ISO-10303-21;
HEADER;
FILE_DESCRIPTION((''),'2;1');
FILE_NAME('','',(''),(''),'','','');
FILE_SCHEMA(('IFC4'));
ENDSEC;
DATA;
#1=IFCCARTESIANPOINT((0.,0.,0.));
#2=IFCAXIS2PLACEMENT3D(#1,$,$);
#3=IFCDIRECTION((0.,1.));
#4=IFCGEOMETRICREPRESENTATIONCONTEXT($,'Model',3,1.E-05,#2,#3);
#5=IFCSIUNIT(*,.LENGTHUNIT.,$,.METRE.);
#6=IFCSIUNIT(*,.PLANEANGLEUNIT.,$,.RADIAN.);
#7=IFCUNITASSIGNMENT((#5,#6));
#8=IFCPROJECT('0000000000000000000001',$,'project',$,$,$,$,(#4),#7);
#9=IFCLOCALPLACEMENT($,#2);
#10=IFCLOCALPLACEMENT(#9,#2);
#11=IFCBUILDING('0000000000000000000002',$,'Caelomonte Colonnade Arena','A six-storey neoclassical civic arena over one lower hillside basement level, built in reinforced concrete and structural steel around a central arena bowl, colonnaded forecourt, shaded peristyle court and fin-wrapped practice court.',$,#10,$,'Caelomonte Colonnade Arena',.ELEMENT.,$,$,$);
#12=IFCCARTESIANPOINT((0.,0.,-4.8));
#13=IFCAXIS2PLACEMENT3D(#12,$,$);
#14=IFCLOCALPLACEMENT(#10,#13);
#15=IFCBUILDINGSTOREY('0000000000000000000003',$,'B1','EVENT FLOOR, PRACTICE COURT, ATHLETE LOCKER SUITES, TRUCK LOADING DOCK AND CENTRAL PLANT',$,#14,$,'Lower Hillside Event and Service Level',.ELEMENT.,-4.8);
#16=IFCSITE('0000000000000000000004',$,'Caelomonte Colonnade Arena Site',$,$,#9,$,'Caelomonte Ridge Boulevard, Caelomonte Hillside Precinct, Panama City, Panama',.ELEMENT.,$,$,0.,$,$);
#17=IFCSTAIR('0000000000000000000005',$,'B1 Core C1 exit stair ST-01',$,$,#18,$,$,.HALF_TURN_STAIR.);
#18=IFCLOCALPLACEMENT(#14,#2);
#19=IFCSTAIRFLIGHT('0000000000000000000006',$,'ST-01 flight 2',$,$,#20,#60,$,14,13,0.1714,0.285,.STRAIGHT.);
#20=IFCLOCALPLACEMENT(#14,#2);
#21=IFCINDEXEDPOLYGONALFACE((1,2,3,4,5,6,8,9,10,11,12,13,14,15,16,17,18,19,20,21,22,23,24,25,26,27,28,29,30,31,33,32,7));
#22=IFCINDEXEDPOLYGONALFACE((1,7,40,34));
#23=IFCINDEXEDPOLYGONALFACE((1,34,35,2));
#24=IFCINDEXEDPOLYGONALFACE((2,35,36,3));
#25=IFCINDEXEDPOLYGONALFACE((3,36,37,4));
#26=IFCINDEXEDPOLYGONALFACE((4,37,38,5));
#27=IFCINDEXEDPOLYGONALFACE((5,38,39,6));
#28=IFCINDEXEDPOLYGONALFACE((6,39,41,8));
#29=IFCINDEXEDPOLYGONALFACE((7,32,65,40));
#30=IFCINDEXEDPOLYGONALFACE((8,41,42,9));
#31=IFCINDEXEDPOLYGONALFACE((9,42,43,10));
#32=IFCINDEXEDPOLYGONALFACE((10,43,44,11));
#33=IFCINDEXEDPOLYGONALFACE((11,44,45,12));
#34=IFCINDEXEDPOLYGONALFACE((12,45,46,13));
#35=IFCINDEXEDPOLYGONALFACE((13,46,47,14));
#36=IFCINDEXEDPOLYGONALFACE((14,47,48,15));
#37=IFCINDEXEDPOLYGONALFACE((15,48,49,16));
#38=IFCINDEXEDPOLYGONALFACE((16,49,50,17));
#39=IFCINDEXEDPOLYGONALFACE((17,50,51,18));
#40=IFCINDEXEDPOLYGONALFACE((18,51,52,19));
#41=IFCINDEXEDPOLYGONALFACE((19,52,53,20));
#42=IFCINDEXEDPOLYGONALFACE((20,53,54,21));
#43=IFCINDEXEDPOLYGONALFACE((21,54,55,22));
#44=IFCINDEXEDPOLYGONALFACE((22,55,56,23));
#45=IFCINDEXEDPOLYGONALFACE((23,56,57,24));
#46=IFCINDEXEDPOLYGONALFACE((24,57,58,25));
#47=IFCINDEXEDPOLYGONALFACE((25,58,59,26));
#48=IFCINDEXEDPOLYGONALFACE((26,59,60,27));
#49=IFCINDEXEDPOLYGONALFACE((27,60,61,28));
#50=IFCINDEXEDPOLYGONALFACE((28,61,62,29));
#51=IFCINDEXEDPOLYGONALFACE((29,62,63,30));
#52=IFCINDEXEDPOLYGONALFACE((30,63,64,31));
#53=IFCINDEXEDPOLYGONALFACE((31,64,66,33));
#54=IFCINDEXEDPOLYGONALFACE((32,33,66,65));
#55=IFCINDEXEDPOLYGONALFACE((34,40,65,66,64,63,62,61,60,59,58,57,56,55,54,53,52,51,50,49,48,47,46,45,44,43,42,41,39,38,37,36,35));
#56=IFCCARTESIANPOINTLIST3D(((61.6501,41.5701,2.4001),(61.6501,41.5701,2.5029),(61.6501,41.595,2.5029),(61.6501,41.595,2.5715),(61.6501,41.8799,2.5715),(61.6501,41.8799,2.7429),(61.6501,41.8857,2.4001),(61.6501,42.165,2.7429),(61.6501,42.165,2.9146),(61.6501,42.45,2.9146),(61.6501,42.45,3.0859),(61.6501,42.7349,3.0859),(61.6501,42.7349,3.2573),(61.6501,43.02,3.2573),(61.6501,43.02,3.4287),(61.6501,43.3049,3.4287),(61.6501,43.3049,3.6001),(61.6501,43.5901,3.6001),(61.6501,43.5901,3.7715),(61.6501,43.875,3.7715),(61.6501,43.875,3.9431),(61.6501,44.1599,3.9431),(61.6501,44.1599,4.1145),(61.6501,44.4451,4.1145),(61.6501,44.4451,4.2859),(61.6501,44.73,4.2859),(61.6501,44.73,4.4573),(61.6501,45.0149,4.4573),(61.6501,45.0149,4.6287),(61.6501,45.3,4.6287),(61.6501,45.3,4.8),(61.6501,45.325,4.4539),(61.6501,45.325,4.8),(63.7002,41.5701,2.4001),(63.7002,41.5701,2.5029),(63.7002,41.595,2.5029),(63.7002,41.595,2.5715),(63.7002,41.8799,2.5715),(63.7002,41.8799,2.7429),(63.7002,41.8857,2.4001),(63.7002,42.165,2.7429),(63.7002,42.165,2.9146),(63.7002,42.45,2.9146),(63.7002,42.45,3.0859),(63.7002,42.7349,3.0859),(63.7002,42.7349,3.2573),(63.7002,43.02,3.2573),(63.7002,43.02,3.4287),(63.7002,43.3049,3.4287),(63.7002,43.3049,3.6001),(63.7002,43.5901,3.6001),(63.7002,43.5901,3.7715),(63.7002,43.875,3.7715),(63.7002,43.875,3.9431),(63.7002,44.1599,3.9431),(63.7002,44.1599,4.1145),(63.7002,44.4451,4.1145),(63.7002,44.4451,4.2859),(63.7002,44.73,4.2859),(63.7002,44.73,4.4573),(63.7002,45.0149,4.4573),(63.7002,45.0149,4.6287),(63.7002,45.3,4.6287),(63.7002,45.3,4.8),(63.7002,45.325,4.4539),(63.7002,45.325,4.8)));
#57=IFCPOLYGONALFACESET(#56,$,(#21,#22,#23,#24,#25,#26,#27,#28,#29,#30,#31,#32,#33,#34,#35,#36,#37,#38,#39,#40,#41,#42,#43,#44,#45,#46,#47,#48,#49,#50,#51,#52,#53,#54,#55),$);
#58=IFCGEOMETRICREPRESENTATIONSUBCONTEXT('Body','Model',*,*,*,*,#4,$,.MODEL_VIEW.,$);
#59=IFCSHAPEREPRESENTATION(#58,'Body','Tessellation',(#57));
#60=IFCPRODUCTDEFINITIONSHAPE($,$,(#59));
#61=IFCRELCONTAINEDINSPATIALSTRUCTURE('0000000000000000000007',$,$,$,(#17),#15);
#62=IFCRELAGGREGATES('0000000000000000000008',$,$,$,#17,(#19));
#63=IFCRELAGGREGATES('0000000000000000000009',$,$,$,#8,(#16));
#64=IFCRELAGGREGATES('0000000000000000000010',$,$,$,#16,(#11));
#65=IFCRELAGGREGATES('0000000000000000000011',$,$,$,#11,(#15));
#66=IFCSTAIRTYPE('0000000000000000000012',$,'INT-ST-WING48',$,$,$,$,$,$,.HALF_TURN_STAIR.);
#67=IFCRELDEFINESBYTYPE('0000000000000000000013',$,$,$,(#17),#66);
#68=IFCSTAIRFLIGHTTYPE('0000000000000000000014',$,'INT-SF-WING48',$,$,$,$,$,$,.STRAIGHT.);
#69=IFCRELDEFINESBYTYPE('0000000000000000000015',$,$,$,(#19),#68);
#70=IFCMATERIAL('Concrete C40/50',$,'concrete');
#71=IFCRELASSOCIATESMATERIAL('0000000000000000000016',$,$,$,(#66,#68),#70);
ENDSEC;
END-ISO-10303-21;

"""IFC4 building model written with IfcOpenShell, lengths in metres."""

from ifc_helpers import new_model, si_unit, direction, frame, origin, place, context, subcontext, project, spatial, polyline, outline, extrude, material, type_object, element, aggregate, save


model = new_model("IFC4")

# Units and contexts
model_context = context("Model", 3, precision=1e-05, world=origin(), true_north=direction((0.0, 1.0)))
body_context = subcontext(model_context, "Body", "Model", "MODEL_VIEW")
ifc_project = project(units=[si_unit("LENGTHUNIT", "METRE"), si_unit("PLANEANGLEUNIT", "RADIAN")], contexts=[model_context])

# Site, building, storey
site_placement = place(None, origin())
site = spatial("IfcSite", under=ifc_project, at=site_placement, Name="Caelomonte Colonnade Arena Site", LongName="Caelomonte Ridge Boulevard, Caelomonte Hillside Precinct, Panama City, Panama", CompositionType="ELEMENT", RefElevation=0.0)
building_placement = place(site_placement, origin())
building = spatial("IfcBuilding", under=site, at=building_placement, Name="Caelomonte Colonnade Arena", Description="A six-storey neoclassical civic arena over one lower hillside basement level, built in reinforced concrete and structural steel around a central arena bowl, colonnaded forecourt, shaded peristyle court and fin-wrapped practice court.", LongName="Caelomonte Colonnade Arena", CompositionType="ELEMENT")
storey_placement = place(building_placement, frame((0.0, 0.0, -4.8)))
storey = spatial("IfcBuildingStorey", under=building, at=storey_placement, Name="B1", Description="EVENT FLOOR, PRACTICE COURT, ATHLETE LOCKER SUITES, TRUCK LOADING DOCK AND CENTRAL PLANT", LongName="Lower Hillside Event and Service Level", CompositionType="ELEMENT", Elevation=-4.8)

# Shared definitions
ifc_material_1 = material(Name="Concrete C40/50", Category="concrete")

# Stair, stair flight
stair_type = type_object("IfcStairType", Name="INT-ST-WING48", PredefinedType="HALF_TURN_STAIR", material=ifc_material_1)
stair_placement = place(storey_placement, origin())
stair = element("IfcStair", 1, at=stair_placement, inside=storey, type_object=stair_type, Name="B1 Core C1 exit stair ST-01", PredefinedType="HALF_TURN_STAIR")
stair_flight_type = type_object("IfcStairFlightType", Name="INT-SF-WING48", PredefinedType="STRAIGHT", material=ifc_material_1)
stair_flight_placement = place(storey_placement, frame((62.675, 41.595, 2.4001), z_axis=(0.0, 0.0, 1.0), x_axis=(0.0, 1.0, 0.0)))
stair_flight = element("IfcStairFlight", 2, at=stair_flight_placement, type_object=stair_flight_type, Name="ST-01 flight 2", NumberOfRisers=14, NumberOfTreads=13, PredefinedType="STRAIGHT", RiserHeight=0.1714, TreadLength=0.285, context=body_context, shape_type="SweptSolid", body=[
    extrude(outline(polyline([(-0.0249, 0.0), (-0.0249, 0.1028), (0.0, 0.1028), (0.0, 0.1714), (0.2849, 0.1714), (0.2849, 0.3428), (0.5701, 0.3428), (0.5701, 0.5144), (0.855, 0.5144), (0.855, 0.6858), (1.1399, 0.6858), (1.1399, 0.8572), (1.425, 0.8572), (1.425, 1.0286), (1.71, 1.0286), (1.71, 1.2), (1.9951, 1.2), (1.9951, 1.3713), (2.28, 1.3713), (2.28, 1.543), (2.5649, 1.543), (2.5649, 1.7144), (2.8501, 1.7144), (2.8501, 1.8857), (3.135, 1.8857), (3.135, 2.0571), (3.4199, 2.0571), (3.4199, 2.2285), (3.7051, 2.2285), (3.7051, 2.3999), (3.73, 2.3999), (3.73, 2.0537), (0.2908, 0.0), (-0.0249, 0.0)])), frame((0.0, 1.0249, 0.0), z_axis=(0.0, -1.0, 0.0), x_axis=(1.0, 0.0, 0.0)), (0.0, 0.0, 1.0), 2.05),
])
aggregate(stair, [stair_flight])

save(model, "model.ifc")
